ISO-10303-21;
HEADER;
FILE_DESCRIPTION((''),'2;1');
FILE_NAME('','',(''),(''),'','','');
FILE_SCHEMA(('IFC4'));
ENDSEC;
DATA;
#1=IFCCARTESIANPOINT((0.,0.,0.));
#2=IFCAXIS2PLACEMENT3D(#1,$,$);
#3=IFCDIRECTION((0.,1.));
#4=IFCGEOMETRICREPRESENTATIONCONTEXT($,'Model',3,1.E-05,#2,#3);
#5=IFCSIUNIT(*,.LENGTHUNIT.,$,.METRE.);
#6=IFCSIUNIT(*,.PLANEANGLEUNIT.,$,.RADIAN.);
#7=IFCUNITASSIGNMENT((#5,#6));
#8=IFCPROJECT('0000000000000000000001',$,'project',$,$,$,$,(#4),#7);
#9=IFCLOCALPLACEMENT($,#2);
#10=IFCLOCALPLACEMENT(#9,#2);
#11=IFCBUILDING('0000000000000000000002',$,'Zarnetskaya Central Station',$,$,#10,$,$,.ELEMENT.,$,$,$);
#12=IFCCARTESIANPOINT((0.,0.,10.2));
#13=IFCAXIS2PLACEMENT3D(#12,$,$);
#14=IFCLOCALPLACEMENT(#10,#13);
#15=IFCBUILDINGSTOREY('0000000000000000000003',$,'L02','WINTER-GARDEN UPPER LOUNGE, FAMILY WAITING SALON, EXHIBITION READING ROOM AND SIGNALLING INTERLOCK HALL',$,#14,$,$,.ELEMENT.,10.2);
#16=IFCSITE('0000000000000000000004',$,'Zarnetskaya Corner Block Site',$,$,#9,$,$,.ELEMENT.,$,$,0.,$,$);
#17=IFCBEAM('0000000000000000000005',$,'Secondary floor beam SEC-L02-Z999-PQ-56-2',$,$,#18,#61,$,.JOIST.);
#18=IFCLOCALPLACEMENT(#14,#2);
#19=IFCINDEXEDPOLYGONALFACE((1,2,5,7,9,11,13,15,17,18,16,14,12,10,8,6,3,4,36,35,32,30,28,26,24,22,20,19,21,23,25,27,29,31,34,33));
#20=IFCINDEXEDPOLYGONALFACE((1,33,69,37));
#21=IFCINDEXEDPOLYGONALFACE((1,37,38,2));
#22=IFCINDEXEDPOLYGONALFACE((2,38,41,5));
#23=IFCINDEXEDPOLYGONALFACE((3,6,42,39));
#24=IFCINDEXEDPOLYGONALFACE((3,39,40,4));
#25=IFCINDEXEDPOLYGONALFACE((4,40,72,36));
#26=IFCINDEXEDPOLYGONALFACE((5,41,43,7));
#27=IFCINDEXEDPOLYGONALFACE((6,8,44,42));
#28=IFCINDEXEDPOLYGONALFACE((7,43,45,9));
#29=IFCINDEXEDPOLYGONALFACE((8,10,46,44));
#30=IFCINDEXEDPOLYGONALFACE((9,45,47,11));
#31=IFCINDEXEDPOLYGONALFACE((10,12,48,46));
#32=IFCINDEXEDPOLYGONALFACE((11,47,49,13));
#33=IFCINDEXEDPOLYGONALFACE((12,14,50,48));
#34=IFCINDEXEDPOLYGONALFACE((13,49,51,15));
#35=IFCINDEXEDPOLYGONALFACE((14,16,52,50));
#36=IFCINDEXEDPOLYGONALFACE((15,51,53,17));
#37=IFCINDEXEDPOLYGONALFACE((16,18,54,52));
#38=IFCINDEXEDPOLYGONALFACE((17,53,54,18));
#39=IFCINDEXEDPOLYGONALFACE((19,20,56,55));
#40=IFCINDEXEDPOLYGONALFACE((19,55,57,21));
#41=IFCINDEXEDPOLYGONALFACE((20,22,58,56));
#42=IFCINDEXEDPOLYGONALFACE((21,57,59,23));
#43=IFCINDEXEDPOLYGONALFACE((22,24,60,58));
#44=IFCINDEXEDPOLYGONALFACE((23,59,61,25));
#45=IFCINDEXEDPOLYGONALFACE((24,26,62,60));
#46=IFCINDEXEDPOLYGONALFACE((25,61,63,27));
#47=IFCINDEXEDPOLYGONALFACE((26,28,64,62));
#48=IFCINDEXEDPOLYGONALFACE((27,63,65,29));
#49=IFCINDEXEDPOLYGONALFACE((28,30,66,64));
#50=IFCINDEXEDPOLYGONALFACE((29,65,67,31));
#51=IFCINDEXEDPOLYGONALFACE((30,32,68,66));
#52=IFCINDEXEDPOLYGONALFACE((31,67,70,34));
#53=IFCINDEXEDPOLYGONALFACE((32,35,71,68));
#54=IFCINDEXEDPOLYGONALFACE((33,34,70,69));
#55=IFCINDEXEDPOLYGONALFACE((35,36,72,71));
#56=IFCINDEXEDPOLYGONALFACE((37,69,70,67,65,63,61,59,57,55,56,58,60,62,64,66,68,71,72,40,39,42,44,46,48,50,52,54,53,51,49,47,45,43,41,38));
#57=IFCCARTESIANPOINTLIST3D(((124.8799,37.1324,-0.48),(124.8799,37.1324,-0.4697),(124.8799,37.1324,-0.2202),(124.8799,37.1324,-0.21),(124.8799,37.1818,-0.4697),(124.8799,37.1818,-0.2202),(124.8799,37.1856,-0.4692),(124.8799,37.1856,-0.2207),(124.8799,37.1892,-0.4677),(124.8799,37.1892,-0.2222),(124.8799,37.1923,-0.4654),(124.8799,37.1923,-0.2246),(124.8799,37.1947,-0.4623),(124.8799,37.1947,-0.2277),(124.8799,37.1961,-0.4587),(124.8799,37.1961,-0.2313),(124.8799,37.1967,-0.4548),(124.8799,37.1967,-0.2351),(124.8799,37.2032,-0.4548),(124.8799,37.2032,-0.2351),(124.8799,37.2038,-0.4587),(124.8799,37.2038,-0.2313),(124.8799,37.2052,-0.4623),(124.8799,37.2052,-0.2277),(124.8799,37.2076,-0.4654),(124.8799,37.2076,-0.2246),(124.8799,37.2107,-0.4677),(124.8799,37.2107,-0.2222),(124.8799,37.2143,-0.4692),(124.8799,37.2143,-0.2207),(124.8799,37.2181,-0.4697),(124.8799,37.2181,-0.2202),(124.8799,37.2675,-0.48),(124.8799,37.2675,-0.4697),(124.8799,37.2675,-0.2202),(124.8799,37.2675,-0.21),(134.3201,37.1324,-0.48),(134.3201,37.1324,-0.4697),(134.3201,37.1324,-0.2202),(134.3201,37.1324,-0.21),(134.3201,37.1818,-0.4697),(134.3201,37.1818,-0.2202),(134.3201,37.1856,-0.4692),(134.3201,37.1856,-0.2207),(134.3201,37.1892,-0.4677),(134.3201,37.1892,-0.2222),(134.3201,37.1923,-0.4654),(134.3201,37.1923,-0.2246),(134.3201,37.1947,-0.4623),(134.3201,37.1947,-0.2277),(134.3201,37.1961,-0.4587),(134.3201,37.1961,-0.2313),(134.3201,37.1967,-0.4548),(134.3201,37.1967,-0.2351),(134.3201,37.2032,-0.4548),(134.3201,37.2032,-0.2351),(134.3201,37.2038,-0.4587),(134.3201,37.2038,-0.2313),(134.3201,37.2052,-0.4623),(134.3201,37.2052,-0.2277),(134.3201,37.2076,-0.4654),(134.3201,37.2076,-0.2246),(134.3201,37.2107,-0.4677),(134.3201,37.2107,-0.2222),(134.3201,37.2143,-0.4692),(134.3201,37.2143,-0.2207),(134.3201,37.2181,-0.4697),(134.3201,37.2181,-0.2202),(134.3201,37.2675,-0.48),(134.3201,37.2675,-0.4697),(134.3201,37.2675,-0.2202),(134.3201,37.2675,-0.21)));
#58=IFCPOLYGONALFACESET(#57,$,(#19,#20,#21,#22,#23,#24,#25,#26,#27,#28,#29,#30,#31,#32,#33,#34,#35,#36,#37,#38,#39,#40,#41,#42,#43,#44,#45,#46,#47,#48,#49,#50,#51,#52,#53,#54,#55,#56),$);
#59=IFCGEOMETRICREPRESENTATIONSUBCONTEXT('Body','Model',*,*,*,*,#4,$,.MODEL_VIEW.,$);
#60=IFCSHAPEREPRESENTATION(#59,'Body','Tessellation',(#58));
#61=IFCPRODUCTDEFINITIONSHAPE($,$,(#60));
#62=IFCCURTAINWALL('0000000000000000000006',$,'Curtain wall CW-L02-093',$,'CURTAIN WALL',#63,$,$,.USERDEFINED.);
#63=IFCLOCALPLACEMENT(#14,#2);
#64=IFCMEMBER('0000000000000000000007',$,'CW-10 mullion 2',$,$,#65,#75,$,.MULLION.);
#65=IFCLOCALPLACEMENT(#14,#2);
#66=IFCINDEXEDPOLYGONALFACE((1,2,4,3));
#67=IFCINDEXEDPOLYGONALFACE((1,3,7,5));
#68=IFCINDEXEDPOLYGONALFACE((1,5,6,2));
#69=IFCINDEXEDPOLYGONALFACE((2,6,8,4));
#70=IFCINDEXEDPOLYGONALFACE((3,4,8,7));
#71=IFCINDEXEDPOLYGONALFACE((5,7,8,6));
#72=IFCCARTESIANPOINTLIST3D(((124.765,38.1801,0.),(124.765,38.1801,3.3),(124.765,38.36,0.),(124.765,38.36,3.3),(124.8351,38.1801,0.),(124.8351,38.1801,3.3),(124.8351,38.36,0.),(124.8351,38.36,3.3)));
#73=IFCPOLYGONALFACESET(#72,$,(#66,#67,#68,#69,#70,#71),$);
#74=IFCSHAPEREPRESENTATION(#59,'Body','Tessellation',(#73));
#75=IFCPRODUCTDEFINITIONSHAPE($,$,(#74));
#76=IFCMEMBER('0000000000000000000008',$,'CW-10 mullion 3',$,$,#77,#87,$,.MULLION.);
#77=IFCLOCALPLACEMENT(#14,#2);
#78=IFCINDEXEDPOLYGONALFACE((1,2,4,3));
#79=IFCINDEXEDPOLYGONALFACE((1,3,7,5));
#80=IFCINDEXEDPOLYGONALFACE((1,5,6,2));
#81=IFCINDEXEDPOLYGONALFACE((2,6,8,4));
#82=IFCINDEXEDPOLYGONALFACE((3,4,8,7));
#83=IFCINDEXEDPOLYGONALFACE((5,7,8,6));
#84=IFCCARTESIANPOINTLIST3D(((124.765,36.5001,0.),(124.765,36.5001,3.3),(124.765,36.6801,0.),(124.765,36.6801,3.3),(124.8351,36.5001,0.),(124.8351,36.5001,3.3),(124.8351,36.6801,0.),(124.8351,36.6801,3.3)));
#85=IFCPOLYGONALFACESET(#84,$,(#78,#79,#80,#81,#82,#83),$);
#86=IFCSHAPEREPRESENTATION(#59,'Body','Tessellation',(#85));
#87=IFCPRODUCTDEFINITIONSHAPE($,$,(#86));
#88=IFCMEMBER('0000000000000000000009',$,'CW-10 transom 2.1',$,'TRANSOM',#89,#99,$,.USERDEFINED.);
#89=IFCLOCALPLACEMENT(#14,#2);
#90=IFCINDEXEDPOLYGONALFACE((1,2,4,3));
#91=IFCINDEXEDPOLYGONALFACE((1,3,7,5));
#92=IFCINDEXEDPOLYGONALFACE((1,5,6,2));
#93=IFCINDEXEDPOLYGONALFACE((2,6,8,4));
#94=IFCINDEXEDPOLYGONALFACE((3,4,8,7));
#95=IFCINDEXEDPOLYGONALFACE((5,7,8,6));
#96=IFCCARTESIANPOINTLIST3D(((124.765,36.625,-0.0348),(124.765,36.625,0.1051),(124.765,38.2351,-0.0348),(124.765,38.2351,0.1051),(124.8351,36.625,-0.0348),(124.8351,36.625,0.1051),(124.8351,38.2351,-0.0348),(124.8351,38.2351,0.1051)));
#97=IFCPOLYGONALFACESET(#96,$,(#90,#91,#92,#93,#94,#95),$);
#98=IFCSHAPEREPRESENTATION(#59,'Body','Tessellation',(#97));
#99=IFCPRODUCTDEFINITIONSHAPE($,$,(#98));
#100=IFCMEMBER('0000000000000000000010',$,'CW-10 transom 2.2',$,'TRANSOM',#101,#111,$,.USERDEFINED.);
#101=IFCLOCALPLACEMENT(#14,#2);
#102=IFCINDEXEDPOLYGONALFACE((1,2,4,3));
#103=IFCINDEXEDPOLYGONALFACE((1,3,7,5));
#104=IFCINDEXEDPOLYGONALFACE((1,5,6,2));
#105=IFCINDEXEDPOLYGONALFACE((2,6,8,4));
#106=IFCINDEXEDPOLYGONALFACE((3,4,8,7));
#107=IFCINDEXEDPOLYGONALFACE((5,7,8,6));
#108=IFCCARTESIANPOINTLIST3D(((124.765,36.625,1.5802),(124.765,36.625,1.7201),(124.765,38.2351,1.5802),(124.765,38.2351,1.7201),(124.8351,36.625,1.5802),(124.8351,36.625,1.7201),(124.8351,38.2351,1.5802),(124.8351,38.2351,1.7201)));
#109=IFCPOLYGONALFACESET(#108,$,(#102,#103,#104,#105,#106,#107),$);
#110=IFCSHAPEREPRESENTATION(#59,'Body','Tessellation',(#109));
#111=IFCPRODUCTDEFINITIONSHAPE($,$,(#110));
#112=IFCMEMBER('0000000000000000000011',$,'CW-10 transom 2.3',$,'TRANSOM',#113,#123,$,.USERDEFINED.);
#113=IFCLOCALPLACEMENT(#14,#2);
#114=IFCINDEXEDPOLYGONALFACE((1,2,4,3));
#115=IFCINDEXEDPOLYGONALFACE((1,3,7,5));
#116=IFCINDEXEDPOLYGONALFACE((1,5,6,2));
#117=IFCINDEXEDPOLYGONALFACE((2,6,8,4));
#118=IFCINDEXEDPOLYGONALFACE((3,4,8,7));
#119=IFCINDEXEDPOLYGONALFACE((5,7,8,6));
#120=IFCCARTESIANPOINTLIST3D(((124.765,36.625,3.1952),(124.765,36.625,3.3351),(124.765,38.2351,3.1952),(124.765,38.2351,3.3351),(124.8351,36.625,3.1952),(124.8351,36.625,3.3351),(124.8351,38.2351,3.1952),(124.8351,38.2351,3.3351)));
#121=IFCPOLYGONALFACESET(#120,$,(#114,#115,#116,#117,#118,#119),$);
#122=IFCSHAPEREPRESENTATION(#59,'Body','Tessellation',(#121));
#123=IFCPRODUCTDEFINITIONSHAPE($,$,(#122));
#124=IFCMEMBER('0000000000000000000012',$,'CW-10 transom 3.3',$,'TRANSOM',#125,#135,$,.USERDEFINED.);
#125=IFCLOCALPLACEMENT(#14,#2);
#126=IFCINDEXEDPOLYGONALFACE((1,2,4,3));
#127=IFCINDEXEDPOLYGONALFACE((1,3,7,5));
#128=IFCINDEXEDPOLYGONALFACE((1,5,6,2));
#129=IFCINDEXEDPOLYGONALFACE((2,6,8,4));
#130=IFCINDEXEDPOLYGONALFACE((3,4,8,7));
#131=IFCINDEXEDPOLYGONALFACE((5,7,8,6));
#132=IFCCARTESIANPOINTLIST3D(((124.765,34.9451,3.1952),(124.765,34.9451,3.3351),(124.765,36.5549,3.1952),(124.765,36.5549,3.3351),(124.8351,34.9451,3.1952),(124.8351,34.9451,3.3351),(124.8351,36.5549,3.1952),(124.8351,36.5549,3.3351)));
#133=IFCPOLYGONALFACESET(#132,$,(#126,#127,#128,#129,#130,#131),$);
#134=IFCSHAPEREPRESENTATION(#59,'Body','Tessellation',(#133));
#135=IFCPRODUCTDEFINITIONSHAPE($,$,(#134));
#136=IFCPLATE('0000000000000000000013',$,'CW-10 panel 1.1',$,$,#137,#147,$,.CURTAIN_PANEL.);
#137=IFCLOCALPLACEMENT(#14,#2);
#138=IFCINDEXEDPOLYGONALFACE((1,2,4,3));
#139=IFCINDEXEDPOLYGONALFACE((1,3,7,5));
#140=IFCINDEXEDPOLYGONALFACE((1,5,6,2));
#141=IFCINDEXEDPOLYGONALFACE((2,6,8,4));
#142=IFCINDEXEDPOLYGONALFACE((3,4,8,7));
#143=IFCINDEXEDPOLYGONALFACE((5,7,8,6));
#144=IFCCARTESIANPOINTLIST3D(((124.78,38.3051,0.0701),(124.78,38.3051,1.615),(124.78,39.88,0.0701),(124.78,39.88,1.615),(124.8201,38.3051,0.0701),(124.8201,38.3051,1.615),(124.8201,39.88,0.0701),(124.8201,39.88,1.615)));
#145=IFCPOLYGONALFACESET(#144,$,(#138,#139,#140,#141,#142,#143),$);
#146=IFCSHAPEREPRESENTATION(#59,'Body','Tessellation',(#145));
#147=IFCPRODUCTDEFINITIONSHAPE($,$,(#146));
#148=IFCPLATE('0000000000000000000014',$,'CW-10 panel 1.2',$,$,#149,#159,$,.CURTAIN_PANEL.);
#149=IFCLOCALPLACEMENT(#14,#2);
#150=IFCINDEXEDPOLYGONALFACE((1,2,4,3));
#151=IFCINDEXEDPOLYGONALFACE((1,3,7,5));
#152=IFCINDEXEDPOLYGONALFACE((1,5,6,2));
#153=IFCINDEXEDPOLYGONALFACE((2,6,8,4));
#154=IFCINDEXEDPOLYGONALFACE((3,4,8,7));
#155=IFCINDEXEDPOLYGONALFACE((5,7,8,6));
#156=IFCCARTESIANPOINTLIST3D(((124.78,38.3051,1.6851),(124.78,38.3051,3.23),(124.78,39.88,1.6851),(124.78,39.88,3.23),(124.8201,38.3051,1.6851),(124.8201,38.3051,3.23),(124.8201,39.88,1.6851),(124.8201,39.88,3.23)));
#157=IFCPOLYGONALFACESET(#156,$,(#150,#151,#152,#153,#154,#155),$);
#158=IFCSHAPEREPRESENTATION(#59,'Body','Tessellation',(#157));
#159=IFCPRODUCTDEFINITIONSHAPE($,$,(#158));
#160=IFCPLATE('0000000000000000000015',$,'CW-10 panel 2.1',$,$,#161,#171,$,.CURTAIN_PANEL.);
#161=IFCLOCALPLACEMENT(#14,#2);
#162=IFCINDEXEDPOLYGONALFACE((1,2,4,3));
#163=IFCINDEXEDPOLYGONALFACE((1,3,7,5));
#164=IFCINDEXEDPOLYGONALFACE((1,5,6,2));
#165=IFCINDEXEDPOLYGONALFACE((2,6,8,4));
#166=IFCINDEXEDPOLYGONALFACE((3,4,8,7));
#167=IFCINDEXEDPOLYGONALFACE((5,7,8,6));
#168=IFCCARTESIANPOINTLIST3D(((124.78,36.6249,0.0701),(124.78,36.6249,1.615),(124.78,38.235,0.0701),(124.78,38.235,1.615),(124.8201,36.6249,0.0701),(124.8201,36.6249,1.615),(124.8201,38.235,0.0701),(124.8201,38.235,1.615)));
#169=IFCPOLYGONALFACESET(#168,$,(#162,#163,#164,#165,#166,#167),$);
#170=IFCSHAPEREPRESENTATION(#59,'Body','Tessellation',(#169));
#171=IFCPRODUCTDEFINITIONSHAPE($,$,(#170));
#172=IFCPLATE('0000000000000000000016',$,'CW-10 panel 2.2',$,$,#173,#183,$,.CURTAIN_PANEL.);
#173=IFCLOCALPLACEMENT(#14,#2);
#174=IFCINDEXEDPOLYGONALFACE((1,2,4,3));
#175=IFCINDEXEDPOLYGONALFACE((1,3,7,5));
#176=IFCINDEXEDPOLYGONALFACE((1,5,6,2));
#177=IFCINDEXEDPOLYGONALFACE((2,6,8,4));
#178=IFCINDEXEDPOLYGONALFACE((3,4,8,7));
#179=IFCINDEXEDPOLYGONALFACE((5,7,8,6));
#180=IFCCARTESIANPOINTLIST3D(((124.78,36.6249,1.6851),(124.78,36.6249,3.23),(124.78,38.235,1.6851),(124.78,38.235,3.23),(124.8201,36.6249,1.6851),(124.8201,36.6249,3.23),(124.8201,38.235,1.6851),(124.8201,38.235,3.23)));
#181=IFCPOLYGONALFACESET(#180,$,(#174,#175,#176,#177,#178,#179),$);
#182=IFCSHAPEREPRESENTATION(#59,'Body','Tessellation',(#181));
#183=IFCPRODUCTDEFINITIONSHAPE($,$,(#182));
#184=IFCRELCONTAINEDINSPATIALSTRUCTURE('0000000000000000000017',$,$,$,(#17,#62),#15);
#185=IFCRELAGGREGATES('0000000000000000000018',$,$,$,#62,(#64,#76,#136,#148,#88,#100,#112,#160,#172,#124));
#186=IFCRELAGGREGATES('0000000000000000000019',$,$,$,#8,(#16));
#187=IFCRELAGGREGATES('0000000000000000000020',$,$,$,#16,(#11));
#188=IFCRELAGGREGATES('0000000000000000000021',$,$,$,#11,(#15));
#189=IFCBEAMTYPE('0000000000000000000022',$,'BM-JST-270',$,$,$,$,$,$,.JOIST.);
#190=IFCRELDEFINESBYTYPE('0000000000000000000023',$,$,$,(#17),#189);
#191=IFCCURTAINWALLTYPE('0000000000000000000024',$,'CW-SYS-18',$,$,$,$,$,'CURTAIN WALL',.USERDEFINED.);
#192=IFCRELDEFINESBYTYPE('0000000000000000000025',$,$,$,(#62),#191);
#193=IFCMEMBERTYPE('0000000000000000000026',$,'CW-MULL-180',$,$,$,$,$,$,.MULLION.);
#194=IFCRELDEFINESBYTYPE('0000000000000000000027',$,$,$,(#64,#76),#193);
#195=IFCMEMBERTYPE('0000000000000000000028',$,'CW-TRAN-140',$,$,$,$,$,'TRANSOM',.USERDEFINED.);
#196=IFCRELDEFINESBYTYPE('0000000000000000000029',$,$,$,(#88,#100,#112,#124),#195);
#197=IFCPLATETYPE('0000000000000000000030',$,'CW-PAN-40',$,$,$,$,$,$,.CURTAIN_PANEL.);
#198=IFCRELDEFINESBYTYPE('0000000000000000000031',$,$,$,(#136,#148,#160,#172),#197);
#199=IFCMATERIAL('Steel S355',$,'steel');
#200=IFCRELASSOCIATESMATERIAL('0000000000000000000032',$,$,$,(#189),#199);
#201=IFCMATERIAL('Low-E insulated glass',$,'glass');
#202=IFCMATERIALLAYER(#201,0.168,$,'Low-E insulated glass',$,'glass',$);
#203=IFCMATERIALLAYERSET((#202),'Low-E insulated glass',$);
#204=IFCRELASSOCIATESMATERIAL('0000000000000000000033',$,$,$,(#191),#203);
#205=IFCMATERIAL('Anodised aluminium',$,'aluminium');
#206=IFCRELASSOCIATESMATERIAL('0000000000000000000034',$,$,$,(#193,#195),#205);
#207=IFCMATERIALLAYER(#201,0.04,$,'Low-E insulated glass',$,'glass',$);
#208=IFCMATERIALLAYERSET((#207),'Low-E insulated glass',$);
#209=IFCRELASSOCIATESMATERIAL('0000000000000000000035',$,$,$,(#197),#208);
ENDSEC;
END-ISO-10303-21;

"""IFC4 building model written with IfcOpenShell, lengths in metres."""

from ifc_helpers import new_model, si_unit, direction, frame, origin, origin_2d, place, context, subcontext, project, spatial, rectangle, i_section, extrude, material, layer, layer_set, material_profile, profile_set, type_object, element, aggregate, save


model = new_model("IFC4")

# Units and contexts
model_context = context("Model", 3, precision=1e-05, world=origin(), true_north=direction((0.0, 1.0)))
body_context = subcontext(model_context, "Body", "Model", "MODEL_VIEW")
ifc_project = project(units=[si_unit("LENGTHUNIT", "METRE"), si_unit("PLANEANGLEUNIT", "RADIAN")], contexts=[model_context])

# Site, building, storey
site_placement = place(None, origin())
site = spatial("IfcSite", under=ifc_project, at=site_placement, Name="Zarnetskaya Corner Block Site", CompositionType="ELEMENT", RefElevation=0.0)
building_placement = place(site_placement, origin())
building = spatial("IfcBuilding", under=site, at=building_placement, Name="Zarnetskaya Central Station", CompositionType="ELEMENT")
storey_placement = place(building_placement, frame((0.0, 0.0, 10.2)))
storey = spatial("IfcBuildingStorey", under=building, at=storey_placement, Name="L02", Description="WINTER-GARDEN UPPER LOUNGE, FAMILY WAITING SALON, EXHIBITION READING ROOM AND SIGNALLING INTERLOCK HALL", CompositionType="ELEMENT", Elevation=10.2)

# Beam
ifc_material_1 = material(Name="Steel S355", Category="steel")
ifc_material_profile_1 = material_profile(ifc_material_1, i_section(OverallWidth=0.135, OverallDepth=0.27, WebThickness=0.0066, FlangeThickness=0.0103, FilletRadius=0.0149, at=origin_2d()), Name="IPE 270")
ifc_profile_set_1 = profile_set([ifc_material_profile_1], Name="Steel S355")
beam_type = type_object("IfcBeamType", Name="BM-JST-270", PredefinedType="JOIST", material=ifc_profile_set_1)
beam_placement = place(storey_placement, frame((124.8799, 37.2, -0.345), z_axis=(1.0, 0.0, 0.0), x_axis=(0.0, 1.0, 0.0)))
element("IfcBeam", 1, at=beam_placement, inside=storey, type_object=beam_type, Name="Secondary floor beam SEC-L02-Z999-PQ-56-2", PredefinedType="JOIST", context=body_context, shape_type="SweptSolid", body=[
    extrude(i_section(OverallWidth=0.135, OverallDepth=0.27, WebThickness=0.0066, FlangeThickness=0.0103, FilletRadius=0.0149, at=origin_2d()), origin(), (0.0, 0.0, 1.0), 9.4402),
])

# Curtain wall, members, plates
ifc_material_2 = material(Name="Low-E insulated glass", Category="glass")
ifc_layer_1 = layer(ifc_material_2, 0.168, Name="Low-E insulated glass", Category="glass")
ifc_layer_set_1 = layer_set([ifc_layer_1], Name="Low-E insulated glass")
curtain_wall_type = type_object("IfcCurtainWallType", Name="CW-SYS-18", ElementType="CURTAIN WALL", PredefinedType="USERDEFINED", material=ifc_layer_set_1)
curtain_wall_placement = place(storey_placement, origin())
curtain_wall = element("IfcCurtainWall", 2, at=curtain_wall_placement, inside=storey, type_object=curtain_wall_type, Name="Curtain wall CW-L02-093", ObjectType="CURTAIN WALL", PredefinedType="USERDEFINED")
ifc_material_3 = material(Name="Anodised aluminium", Category="aluminium")
ifc_material_profile_2 = material_profile(ifc_material_3, rectangle(XDim=0.0701, YDim=0.1799, at=origin_2d()), Name="ALU MULL 70x180")
ifc_profile_set_2 = profile_set([ifc_material_profile_2], Name="Anodised aluminium")
member_type_1 = type_object("IfcMemberType", Name="CW-MULL-180", PredefinedType="MULLION", material=ifc_profile_set_2)
member_1_placement = place(storey_placement, frame((124.8, 38.27, 0.0), z_axis=(0.0, 0.0, 1.0), x_axis=(1.0, 0.0, 0.0)))
member_1 = element("IfcMember", 3, at=member_1_placement, type_object=member_type_1, Name="CW-10 mullion 2", PredefinedType="MULLION", context=body_context, shape_type="SweptSolid", body=[
    extrude(rectangle(XDim=0.0701, YDim=0.1799, at=origin_2d()), origin(), (0.0, 0.0, 1.0), 3.3),
])
member_2_placement = place(storey_placement, frame((124.8, 36.5901, 0.0), z_axis=(0.0, 0.0, 1.0), x_axis=(1.0, 0.0, 0.0)))
member_2 = element("IfcMember", 4, at=member_2_placement, type_object=member_type_1, Name="CW-10 mullion 3", PredefinedType="MULLION", context=body_context, shape_type="SweptSolid", body=[
    extrude(rectangle(XDim=0.0701, YDim=0.1799, at=origin_2d()), origin(), (0.0, 0.0, 1.0), 3.3),
])
ifc_material_profile_3 = material_profile(ifc_material_3, rectangle(XDim=0.0701, YDim=0.1399, at=origin_2d()), Name="ALU TRAN 70x140")
ifc_profile_set_3 = profile_set([ifc_material_profile_3], Name="Anodised aluminium")
member_type_2 = type_object("IfcMemberType", Name="CW-TRAN-140", ElementType="TRANSOM", PredefinedType="USERDEFINED", material=ifc_profile_set_3)
member_3_placement = place(storey_placement, frame((124.8, 38.2351, 0.0352), z_axis=(0.0, -1.0, 0.0), x_axis=(1.0, 0.0, 0.0)))
member_3 = element("IfcMember", 5, at=member_3_placement, type_object=member_type_2, Name="CW-10 transom 2.1", ObjectType="TRANSOM", PredefinedType="USERDEFINED", context=body_context, shape_type="SweptSolid", body=[
    extrude(rectangle(XDim=0.0701, YDim=0.1399, at=origin_2d()), origin(), (0.0, 0.0, 1.0), 1.6101),
])
member_4_placement = place(storey_placement, frame((124.8, 38.2351, 1.6501), z_axis=(0.0, -1.0, 0.0), x_axis=(1.0, 0.0, 0.0)))
member_4 = element("IfcMember", 6, at=member_4_placement, type_object=member_type_2, Name="CW-10 transom 2.2", ObjectType="TRANSOM", PredefinedType="USERDEFINED", context=body_context, shape_type="SweptSolid", body=[
    extrude(rectangle(XDim=0.0701, YDim=0.1399, at=origin_2d()), origin(), (0.0, 0.0, 1.0), 1.6101),
])
member_5_placement = place(storey_placement, frame((124.8, 38.2351, 3.2651), z_axis=(0.0, -1.0, 0.0), x_axis=(1.0, 0.0, 0.0)))
member_5 = element("IfcMember", 7, at=member_5_placement, type_object=member_type_2, Name="CW-10 transom 2.3", ObjectType="TRANSOM", PredefinedType="USERDEFINED", context=body_context, shape_type="SweptSolid", body=[
    extrude(rectangle(XDim=0.0701, YDim=0.1399, at=origin_2d()), origin(), (0.0, 0.0, 1.0), 1.6101),
])
member_6_placement = place(storey_placement, frame((124.8, 36.5549, 3.2651), z_axis=(0.0, -1.0, 0.0), x_axis=(1.0, 0.0, 0.0)))
member_6 = element("IfcMember", 8, at=member_6_placement, type_object=member_type_2, Name="CW-10 transom 3.3", ObjectType="TRANSOM", PredefinedType="USERDEFINED", context=body_context, shape_type="SweptSolid", body=[
    extrude(rectangle(XDim=0.0701, YDim=0.1399, at=origin_2d()), origin(), (0.0, 0.0, 1.0), 1.6099),
])
ifc_layer_2 = layer(ifc_material_2, 0.04, Name="Low-E insulated glass", Category="glass")
ifc_layer_set_2 = layer_set([ifc_layer_2], Name="Low-E insulated glass")
plate_type = type_object("IfcPlateType", Name="CW-PAN-40", PredefinedType="CURTAIN_PANEL", material=ifc_layer_set_2)
plate_1_placement = place(storey_placement, frame((124.8, 39.0925, 0.0701), z_axis=(0.0, 0.0, 1.0), x_axis=(0.0, -1.0, 0.0)))
plate_1 = element("IfcPlate", 9, at=plate_1_placement, type_object=plate_type, Name="CW-10 panel 1.1", PredefinedType="CURTAIN_PANEL", context=body_context, shape_type="SweptSolid", body=[
    extrude(rectangle(XDim=1.575, YDim=0.04, at=origin_2d()), origin(), (0.0, 0.0, 1.0), 1.5449),
])
plate_2_placement = place(storey_placement, frame((124.8, 39.0925, 1.6851), z_axis=(0.0, 0.0, 1.0), x_axis=(0.0, -1.0, 0.0)))
plate_2 = element("IfcPlate", 10, at=plate_2_placement, type_object=plate_type, Name="CW-10 panel 1.2", PredefinedType="CURTAIN_PANEL", context=body_context, shape_type="SweptSolid", body=[
    extrude(rectangle(XDim=1.575, YDim=0.04, at=origin_2d()), origin(), (0.0, 0.0, 1.0), 1.5449),
])
plate_3_placement = place(storey_placement, frame((124.8, 37.4299, 0.0701), z_axis=(0.0, 0.0, 1.0), x_axis=(0.0, -1.0, 0.0)))
plate_3 = element("IfcPlate", 11, at=plate_3_placement, type_object=plate_type, Name="CW-10 panel 2.1", PredefinedType="CURTAIN_PANEL", context=body_context, shape_type="SweptSolid", body=[
    extrude(rectangle(XDim=1.6101, YDim=0.04, at=origin_2d()), origin(), (0.0, 0.0, 1.0), 1.5449),
])
plate_4_placement = place(storey_placement, frame((124.8, 37.4299, 1.6851), z_axis=(0.0, 0.0, 1.0), x_axis=(0.0, -1.0, 0.0)))
plate_4 = element("IfcPlate", 12, at=plate_4_placement, type_object=plate_type, Name="CW-10 panel 2.2", PredefinedType="CURTAIN_PANEL", context=body_context, shape_type="SweptSolid", body=[
    extrude(rectangle(XDim=1.6101, YDim=0.04, at=origin_2d()), origin(), (0.0, 0.0, 1.0), 1.5449),
])
aggregate(curtain_wall, [member_1, member_2, plate_1, plate_2, member_3, member_4, member_5, plate_3, plate_4, member_6])

save(model, "model.ifc")
